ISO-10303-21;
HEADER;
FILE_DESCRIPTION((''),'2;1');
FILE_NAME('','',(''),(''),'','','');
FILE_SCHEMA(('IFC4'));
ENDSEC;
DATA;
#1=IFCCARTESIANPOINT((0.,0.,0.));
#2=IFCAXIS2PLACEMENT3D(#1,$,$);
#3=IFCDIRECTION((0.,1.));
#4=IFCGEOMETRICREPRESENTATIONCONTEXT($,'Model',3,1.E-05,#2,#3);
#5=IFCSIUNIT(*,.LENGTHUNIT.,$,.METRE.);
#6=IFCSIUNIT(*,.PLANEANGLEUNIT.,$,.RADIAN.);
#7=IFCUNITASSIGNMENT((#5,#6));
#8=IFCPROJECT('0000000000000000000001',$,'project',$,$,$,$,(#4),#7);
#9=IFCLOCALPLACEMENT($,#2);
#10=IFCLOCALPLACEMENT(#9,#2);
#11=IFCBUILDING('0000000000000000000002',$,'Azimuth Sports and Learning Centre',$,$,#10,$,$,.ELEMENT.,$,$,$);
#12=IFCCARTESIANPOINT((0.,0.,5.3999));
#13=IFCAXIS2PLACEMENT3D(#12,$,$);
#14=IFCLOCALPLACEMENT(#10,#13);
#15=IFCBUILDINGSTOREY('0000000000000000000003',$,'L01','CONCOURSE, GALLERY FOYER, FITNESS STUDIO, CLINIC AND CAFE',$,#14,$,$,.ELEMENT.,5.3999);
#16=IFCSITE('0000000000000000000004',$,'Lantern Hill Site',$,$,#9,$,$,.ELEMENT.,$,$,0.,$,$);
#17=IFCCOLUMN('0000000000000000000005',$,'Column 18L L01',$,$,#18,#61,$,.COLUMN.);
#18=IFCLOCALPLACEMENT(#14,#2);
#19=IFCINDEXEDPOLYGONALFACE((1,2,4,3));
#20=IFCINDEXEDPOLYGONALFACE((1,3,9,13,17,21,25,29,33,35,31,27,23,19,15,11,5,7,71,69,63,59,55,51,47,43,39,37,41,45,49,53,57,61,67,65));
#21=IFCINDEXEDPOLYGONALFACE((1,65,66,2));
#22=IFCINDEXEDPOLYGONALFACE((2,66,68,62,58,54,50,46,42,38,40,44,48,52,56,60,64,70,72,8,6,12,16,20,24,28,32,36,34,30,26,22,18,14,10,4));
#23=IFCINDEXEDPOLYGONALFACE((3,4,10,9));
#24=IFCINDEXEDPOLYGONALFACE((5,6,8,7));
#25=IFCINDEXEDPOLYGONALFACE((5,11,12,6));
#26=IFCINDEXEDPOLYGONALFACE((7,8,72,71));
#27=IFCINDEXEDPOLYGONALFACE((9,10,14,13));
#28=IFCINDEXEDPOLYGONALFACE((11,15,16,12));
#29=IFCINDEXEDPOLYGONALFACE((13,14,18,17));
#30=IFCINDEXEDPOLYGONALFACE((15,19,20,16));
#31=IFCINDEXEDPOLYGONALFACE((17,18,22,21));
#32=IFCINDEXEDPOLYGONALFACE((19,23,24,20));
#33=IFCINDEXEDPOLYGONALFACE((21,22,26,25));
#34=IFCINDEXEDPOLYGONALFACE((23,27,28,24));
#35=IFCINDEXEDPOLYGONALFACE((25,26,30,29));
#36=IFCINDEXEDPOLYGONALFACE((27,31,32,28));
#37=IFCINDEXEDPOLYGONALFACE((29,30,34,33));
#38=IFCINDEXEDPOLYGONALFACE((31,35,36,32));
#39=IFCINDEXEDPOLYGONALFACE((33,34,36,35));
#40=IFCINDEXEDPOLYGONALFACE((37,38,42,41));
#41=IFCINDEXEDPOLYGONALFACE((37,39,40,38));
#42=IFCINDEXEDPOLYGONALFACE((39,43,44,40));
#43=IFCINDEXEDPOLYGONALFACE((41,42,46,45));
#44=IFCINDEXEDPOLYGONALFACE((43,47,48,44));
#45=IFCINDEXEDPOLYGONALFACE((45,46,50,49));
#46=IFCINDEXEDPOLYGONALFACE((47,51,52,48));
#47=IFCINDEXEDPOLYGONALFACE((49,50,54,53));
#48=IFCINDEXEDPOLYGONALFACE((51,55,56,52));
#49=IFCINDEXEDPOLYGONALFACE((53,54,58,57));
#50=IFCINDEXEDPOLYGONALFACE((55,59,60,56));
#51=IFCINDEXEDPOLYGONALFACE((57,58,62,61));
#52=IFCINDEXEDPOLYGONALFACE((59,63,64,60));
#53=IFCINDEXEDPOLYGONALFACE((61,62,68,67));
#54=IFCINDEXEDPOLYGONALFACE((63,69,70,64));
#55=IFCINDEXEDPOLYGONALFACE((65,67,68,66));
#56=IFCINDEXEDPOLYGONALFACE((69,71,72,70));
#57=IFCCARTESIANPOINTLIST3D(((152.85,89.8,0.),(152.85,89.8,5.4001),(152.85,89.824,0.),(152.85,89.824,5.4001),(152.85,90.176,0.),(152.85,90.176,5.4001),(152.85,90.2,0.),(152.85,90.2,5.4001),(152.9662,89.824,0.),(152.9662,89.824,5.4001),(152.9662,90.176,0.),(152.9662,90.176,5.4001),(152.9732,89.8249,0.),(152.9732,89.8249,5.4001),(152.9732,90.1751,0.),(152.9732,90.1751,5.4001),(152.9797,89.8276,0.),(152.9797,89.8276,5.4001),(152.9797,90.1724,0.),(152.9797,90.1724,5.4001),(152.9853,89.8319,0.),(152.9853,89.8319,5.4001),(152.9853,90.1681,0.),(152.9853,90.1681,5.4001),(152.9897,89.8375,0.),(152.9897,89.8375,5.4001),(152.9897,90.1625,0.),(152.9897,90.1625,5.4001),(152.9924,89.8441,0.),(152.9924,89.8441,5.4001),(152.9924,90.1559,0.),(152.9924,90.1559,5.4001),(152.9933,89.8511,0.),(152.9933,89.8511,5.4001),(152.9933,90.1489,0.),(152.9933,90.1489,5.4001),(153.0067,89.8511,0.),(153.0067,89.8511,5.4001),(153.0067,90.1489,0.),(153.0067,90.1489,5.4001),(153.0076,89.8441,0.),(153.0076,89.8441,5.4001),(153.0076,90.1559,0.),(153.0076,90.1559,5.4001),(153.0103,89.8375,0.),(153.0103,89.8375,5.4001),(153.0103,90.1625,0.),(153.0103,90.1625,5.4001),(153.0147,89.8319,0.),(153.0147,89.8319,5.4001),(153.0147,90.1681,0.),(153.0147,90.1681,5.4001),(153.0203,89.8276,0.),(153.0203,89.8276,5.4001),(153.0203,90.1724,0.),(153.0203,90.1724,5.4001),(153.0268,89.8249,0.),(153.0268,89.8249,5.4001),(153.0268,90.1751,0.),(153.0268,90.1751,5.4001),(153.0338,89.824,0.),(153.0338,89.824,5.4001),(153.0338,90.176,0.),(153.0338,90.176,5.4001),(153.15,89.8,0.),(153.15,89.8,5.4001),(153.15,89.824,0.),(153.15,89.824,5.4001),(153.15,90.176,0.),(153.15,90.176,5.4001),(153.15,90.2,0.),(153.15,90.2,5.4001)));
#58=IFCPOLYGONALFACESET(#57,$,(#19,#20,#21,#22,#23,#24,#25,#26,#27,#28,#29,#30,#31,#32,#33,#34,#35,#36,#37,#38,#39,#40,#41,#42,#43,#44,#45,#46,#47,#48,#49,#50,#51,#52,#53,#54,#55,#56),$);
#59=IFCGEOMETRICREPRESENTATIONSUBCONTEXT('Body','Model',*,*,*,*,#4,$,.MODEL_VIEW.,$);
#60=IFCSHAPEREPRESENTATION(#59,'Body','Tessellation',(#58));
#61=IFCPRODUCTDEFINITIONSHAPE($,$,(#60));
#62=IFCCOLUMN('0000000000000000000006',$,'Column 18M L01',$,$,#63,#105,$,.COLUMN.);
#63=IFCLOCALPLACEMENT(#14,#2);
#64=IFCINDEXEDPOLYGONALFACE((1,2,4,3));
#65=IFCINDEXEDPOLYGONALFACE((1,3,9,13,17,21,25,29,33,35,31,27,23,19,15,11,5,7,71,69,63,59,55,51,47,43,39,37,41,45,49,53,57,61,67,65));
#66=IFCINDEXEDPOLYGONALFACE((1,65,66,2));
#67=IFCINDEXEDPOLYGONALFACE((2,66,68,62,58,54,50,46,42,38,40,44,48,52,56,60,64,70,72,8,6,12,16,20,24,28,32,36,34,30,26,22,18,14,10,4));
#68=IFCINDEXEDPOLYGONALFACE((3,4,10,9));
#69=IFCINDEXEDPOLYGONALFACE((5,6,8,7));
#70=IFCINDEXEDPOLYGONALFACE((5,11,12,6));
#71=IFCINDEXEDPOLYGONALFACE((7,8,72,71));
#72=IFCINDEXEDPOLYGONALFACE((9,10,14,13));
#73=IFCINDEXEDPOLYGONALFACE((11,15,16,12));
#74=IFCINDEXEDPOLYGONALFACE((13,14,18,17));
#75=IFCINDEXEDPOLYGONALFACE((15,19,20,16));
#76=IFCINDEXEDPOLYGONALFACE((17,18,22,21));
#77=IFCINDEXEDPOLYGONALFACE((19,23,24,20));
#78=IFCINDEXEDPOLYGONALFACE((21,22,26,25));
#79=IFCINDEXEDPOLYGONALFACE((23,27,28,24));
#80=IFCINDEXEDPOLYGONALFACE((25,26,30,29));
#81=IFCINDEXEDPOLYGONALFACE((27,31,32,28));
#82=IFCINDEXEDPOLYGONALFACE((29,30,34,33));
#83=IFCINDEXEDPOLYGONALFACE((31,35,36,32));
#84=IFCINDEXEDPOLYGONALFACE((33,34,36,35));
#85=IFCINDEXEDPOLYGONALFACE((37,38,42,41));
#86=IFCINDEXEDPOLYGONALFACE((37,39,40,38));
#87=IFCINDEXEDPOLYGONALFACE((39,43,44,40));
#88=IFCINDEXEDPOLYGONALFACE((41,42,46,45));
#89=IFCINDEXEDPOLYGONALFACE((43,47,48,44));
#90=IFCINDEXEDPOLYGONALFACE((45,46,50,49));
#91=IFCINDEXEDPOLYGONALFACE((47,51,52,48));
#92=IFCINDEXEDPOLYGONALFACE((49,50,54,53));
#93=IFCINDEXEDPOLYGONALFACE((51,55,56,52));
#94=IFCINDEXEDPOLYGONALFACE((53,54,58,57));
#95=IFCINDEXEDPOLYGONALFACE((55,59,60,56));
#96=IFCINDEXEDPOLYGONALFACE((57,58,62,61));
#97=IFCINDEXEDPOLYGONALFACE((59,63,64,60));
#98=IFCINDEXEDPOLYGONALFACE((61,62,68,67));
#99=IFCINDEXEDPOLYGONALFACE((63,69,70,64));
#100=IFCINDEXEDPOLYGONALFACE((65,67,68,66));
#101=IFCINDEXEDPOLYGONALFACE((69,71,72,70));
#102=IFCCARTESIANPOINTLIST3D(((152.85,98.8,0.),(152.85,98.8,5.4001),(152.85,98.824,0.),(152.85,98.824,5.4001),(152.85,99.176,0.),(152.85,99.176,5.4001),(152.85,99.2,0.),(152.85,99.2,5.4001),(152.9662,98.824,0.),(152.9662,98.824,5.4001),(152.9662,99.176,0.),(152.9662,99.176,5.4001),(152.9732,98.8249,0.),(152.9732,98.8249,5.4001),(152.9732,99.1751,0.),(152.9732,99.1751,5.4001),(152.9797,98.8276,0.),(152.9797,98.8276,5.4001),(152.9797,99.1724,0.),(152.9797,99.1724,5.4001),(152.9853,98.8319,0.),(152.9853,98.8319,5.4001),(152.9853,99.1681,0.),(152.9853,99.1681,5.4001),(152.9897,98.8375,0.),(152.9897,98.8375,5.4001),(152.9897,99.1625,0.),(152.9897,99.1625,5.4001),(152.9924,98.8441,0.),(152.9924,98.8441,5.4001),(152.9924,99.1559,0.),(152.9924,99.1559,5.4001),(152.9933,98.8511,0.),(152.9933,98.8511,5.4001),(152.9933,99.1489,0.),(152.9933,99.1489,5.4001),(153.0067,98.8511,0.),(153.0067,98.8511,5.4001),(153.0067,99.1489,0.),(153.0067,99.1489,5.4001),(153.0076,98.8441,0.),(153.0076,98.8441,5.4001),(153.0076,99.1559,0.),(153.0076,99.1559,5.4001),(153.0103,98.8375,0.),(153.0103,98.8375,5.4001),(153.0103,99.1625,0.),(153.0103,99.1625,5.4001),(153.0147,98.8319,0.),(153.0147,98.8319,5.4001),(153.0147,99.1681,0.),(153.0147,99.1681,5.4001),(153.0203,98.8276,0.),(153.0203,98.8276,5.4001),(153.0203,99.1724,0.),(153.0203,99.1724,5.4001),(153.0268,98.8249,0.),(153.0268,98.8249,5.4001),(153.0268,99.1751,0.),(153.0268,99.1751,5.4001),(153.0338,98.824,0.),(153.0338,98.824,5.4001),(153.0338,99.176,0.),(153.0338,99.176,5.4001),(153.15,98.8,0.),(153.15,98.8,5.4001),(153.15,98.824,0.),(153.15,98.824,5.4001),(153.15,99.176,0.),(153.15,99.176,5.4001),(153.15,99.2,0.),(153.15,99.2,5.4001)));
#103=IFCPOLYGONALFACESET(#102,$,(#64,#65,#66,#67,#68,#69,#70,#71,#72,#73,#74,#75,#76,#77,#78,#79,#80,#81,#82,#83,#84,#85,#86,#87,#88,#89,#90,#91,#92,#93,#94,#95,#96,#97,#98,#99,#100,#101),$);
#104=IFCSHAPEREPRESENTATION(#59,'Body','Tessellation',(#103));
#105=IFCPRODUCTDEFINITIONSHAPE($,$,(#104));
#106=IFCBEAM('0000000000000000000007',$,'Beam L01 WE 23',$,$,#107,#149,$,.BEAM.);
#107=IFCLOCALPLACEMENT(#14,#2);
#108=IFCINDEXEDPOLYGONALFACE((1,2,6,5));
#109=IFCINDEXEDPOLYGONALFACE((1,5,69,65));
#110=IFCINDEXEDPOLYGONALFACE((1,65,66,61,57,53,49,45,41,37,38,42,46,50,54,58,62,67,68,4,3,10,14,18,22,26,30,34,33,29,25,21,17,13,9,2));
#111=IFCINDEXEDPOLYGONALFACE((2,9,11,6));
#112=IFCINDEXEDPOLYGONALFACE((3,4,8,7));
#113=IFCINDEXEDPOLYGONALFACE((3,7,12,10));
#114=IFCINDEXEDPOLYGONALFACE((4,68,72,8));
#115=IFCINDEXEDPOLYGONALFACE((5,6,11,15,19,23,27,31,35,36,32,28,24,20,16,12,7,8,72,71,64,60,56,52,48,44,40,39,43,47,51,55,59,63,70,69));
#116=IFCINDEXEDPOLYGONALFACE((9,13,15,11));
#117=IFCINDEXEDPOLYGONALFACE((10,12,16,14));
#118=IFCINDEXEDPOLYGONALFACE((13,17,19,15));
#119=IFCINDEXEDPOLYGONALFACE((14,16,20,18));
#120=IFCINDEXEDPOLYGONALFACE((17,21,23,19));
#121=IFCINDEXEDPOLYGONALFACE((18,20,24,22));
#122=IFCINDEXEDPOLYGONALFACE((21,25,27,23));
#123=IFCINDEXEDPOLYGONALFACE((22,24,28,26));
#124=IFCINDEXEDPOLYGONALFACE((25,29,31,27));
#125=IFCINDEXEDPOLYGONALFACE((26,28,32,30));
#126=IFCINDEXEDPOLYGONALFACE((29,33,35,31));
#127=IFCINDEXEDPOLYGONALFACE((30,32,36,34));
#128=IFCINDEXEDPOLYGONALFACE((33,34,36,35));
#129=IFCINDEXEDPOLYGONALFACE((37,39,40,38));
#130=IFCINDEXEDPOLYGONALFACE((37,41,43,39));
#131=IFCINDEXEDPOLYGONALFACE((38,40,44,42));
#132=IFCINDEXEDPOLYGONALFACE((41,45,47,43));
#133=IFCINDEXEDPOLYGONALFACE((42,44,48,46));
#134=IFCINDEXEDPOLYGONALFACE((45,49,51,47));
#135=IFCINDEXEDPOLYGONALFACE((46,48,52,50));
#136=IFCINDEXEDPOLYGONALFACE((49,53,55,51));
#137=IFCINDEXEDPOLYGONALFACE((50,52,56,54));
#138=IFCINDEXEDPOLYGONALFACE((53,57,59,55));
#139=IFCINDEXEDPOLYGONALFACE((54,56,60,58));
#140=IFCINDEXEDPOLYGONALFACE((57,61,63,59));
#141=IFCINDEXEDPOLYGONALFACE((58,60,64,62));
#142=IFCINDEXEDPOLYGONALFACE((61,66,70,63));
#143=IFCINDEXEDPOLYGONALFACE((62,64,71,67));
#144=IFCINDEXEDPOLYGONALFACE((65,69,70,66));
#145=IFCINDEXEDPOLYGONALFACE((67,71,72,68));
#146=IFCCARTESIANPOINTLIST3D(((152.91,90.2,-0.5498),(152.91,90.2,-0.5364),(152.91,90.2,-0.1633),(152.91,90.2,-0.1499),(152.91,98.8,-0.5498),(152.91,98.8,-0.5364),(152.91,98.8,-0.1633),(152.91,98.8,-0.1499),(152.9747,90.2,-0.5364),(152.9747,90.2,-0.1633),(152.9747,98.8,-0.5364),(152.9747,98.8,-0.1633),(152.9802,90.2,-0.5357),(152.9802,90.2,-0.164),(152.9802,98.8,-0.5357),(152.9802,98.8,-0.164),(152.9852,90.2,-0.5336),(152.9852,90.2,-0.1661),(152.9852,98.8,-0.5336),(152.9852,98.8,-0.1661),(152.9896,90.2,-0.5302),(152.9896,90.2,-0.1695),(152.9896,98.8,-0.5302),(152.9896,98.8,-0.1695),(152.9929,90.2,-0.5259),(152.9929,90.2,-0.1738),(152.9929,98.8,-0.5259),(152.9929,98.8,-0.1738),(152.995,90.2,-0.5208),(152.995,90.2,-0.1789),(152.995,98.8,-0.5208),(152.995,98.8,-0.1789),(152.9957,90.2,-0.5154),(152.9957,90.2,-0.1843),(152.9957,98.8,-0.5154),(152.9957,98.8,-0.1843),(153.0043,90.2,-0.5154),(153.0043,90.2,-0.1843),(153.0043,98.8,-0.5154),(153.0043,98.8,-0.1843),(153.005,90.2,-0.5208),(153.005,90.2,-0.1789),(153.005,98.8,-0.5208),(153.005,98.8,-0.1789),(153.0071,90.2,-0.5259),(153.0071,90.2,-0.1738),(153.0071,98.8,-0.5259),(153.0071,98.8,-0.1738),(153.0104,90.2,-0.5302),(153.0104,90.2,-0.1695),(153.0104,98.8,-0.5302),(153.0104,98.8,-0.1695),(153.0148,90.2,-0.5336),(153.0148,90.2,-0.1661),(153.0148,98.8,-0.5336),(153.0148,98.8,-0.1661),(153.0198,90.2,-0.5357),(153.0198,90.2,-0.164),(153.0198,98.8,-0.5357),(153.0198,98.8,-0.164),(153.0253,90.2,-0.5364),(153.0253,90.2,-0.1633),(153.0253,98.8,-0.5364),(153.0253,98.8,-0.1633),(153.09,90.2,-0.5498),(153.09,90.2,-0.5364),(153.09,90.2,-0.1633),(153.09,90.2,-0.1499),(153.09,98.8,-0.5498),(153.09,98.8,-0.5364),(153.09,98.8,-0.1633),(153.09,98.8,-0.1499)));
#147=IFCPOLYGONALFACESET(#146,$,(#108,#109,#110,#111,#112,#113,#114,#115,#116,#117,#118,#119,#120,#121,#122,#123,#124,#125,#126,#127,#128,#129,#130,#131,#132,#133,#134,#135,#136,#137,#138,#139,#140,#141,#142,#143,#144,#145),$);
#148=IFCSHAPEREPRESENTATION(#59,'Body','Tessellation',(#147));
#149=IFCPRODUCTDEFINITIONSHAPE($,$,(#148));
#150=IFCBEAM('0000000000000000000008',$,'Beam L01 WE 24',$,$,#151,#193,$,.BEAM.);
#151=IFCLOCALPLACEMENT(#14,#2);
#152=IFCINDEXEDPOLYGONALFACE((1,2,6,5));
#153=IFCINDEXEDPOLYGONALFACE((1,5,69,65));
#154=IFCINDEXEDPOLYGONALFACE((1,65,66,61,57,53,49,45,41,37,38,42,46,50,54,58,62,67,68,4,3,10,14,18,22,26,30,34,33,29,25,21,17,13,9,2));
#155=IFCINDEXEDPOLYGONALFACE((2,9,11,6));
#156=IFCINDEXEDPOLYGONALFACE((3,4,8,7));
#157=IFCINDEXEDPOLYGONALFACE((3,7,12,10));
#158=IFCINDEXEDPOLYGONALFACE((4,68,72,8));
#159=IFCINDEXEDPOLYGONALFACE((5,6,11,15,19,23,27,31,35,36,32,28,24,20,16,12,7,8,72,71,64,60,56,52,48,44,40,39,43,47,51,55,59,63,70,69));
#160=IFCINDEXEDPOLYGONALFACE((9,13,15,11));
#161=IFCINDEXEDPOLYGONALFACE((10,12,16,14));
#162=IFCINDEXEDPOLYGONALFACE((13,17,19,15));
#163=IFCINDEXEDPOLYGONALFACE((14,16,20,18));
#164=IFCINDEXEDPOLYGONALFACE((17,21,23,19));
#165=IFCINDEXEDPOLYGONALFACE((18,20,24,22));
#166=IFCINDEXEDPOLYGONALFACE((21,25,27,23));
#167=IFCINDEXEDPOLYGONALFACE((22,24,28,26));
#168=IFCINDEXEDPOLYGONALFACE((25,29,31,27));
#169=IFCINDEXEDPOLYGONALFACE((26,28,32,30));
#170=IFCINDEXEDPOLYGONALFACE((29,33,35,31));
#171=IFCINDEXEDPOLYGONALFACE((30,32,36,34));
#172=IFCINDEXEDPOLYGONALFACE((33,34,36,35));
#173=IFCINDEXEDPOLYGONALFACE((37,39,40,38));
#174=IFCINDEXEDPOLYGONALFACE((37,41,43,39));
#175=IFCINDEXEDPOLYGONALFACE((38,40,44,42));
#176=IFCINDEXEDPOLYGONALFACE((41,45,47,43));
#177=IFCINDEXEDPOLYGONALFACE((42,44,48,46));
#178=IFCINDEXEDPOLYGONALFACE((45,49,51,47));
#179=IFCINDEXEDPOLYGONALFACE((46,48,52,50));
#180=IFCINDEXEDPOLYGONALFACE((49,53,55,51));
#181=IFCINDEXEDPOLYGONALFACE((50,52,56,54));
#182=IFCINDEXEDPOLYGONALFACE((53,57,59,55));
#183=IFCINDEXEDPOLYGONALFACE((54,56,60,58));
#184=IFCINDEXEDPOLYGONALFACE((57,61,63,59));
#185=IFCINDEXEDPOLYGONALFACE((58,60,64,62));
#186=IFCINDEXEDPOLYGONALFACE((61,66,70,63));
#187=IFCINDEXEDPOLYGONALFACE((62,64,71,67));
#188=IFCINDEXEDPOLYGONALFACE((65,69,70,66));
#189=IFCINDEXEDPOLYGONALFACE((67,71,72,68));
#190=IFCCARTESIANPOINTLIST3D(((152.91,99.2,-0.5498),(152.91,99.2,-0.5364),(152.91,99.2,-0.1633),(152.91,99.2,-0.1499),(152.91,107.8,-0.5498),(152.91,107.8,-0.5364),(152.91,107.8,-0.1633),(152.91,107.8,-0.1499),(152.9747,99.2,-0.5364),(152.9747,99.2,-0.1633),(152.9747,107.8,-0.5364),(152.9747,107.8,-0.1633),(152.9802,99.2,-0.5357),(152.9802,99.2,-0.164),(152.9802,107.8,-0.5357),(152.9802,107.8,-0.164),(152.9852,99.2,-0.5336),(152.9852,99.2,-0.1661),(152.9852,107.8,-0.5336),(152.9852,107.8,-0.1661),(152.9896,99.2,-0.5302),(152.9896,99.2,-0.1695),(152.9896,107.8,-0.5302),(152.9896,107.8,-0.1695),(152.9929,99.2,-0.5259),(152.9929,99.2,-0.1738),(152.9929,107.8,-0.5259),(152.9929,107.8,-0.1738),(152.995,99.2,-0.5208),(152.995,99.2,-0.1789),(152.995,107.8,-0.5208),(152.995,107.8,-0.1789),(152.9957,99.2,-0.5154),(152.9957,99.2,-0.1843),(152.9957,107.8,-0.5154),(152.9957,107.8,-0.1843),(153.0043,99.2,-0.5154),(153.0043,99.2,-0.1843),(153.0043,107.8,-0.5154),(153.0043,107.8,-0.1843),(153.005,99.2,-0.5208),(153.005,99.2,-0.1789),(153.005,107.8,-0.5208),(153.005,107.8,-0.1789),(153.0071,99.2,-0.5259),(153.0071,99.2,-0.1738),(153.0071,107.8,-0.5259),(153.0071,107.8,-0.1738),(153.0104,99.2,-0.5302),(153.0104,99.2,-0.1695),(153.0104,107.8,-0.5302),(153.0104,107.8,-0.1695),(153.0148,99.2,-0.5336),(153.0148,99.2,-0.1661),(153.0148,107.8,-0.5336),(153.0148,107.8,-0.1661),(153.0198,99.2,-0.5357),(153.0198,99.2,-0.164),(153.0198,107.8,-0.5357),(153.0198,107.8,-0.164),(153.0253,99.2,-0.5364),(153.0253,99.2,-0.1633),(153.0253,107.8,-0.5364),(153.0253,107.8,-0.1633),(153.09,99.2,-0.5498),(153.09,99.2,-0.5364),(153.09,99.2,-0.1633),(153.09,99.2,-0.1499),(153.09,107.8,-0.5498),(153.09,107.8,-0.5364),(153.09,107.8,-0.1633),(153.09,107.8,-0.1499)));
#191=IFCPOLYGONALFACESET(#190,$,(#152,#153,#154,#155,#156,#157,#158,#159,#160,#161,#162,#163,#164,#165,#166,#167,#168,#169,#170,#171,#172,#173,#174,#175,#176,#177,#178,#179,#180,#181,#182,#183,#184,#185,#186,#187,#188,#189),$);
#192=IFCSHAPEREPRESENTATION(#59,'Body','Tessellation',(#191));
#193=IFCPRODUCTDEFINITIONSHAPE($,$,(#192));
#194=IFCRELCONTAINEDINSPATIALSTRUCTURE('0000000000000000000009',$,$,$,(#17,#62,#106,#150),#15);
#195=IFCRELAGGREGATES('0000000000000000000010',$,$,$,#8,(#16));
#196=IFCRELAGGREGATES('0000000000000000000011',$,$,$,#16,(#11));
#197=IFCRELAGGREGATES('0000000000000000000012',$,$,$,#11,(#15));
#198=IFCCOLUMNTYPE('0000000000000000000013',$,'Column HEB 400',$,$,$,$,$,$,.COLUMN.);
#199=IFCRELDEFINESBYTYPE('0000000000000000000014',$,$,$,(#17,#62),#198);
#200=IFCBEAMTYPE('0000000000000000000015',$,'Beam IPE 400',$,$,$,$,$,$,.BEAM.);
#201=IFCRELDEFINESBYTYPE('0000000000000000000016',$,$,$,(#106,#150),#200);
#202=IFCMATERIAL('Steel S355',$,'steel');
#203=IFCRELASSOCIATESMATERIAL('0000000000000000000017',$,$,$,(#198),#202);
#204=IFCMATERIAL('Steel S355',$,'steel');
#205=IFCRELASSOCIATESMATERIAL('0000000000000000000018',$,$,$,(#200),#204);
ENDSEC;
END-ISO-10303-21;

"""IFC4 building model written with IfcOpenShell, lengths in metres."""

from ifc_helpers import new_model, si_unit, direction, frame, origin, origin_2d, place, context, subcontext, project, spatial, i_section, extrude, material, material_profile, profile_set, type_object, element, save


model = new_model("IFC4")

# Units and contexts
model_context = context("Model", 3, precision=1e-05, world=origin(), true_north=direction((0.0, 1.0)))
body_context = subcontext(model_context, "Body", "Model", "MODEL_VIEW")
ifc_project = project(units=[si_unit("LENGTHUNIT", "METRE"), si_unit("PLANEANGLEUNIT", "RADIAN")], contexts=[model_context])

# Site, building, storey
site_placement = place(None, origin())
site = spatial("IfcSite", under=ifc_project, at=site_placement, Name="Lantern Hill Site", CompositionType="ELEMENT", RefElevation=0.0)
building_placement = place(site_placement, origin())
building = spatial("IfcBuilding", under=site, at=building_placement, Name="Azimuth Sports and Learning Centre", CompositionType="ELEMENT")
storey_placement = place(building_placement, frame((0.0, 0.0, 5.3999)))
storey = spatial("IfcBuildingStorey", under=building, at=storey_placement, Name="L01", Description="CONCOURSE, GALLERY FOYER, FITNESS STUDIO, CLINIC AND CAFE", CompositionType="ELEMENT", Elevation=5.3999)

# Columns
ifc_material_1 = material(Name="Steel S355", Category="steel")
ifc_material_profile_1 = material_profile(ifc_material_1, i_section(OverallWidth=0.3, OverallDepth=0.3999, WebThickness=0.0134, FlangeThickness=0.0239, FilletRadius=0.0271, at=origin_2d()), Name="HEB 400")
ifc_profile_set_1 = profile_set([ifc_material_profile_1], Name="Steel S355")
column_type = type_object("IfcColumnType", Name="Column HEB 400", PredefinedType="COLUMN", material=ifc_profile_set_1)
for number, where, z_axis, x_axis, name in (
    (1, (153.0, 90.0, 0.0), (0.0, 0.0, 1.0), (1.0, 0.0, 0.0), "Column 18L L01"),
    (2, (153.0, 99.0, 0.0), (0.0, 0.0, 1.0), (1.0, 0.0, 0.0), "Column 18M L01"),
):
    element("IfcColumn", number, at=place(storey_placement, frame(where, z_axis=z_axis, x_axis=x_axis)), inside=storey, type_object=column_type, Name=name, PredefinedType="COLUMN", context=body_context, shape_type="SweptSolid", body=[
        extrude(i_section(OverallWidth=0.3, OverallDepth=0.3999, WebThickness=0.0134, FlangeThickness=0.0239, FilletRadius=0.0271, at=origin_2d()), origin(), (0.0, 0.0, 1.0), 5.4001),
    ])

# Beams
ifc_material_2 = material(Name="Steel S355", Category="steel")
ifc_material_profile_2 = material_profile(ifc_material_2, i_section(OverallWidth=0.1799, OverallDepth=0.3999, WebThickness=0.0085, FlangeThickness=0.0134, FilletRadius=0.021, at=origin_2d()), Name="IPE 400")
ifc_profile_set_2 = profile_set([ifc_material_profile_2], Name="Steel S355")
beam_type_1 = type_object("IfcBeamType", Name="Beam IPE 400", PredefinedType="BEAM", material=ifc_profile_set_2)
for number, where, z_axis, x_axis, name in (
    (3, (153.0, 90.2, -0.3499), (0.0, 1.0, 0.0), (-1.0, 0.0, 0.0), "Beam L01 WE 23"),
    (4, (153.0, 99.2, -0.3499), (0.0, 1.0, 0.0), (-1.0, 0.0, 0.0), "Beam L01 WE 24"),
):
    element("IfcBeam", number, at=place(storey_placement, frame(where, z_axis=z_axis, x_axis=x_axis)), inside=storey, type_object=beam_type_1, Name=name, PredefinedType="BEAM", context=body_context, shape_type="SweptSolid", body=[
        extrude(i_section(OverallWidth=0.1799, OverallDepth=0.3999, WebThickness=0.0085, FlangeThickness=0.0134, FilletRadius=0.021, at=origin_2d()), origin(), (0.0, 0.0, 1.0), 8.6001),
    ])

save(model, "model.ifc")
